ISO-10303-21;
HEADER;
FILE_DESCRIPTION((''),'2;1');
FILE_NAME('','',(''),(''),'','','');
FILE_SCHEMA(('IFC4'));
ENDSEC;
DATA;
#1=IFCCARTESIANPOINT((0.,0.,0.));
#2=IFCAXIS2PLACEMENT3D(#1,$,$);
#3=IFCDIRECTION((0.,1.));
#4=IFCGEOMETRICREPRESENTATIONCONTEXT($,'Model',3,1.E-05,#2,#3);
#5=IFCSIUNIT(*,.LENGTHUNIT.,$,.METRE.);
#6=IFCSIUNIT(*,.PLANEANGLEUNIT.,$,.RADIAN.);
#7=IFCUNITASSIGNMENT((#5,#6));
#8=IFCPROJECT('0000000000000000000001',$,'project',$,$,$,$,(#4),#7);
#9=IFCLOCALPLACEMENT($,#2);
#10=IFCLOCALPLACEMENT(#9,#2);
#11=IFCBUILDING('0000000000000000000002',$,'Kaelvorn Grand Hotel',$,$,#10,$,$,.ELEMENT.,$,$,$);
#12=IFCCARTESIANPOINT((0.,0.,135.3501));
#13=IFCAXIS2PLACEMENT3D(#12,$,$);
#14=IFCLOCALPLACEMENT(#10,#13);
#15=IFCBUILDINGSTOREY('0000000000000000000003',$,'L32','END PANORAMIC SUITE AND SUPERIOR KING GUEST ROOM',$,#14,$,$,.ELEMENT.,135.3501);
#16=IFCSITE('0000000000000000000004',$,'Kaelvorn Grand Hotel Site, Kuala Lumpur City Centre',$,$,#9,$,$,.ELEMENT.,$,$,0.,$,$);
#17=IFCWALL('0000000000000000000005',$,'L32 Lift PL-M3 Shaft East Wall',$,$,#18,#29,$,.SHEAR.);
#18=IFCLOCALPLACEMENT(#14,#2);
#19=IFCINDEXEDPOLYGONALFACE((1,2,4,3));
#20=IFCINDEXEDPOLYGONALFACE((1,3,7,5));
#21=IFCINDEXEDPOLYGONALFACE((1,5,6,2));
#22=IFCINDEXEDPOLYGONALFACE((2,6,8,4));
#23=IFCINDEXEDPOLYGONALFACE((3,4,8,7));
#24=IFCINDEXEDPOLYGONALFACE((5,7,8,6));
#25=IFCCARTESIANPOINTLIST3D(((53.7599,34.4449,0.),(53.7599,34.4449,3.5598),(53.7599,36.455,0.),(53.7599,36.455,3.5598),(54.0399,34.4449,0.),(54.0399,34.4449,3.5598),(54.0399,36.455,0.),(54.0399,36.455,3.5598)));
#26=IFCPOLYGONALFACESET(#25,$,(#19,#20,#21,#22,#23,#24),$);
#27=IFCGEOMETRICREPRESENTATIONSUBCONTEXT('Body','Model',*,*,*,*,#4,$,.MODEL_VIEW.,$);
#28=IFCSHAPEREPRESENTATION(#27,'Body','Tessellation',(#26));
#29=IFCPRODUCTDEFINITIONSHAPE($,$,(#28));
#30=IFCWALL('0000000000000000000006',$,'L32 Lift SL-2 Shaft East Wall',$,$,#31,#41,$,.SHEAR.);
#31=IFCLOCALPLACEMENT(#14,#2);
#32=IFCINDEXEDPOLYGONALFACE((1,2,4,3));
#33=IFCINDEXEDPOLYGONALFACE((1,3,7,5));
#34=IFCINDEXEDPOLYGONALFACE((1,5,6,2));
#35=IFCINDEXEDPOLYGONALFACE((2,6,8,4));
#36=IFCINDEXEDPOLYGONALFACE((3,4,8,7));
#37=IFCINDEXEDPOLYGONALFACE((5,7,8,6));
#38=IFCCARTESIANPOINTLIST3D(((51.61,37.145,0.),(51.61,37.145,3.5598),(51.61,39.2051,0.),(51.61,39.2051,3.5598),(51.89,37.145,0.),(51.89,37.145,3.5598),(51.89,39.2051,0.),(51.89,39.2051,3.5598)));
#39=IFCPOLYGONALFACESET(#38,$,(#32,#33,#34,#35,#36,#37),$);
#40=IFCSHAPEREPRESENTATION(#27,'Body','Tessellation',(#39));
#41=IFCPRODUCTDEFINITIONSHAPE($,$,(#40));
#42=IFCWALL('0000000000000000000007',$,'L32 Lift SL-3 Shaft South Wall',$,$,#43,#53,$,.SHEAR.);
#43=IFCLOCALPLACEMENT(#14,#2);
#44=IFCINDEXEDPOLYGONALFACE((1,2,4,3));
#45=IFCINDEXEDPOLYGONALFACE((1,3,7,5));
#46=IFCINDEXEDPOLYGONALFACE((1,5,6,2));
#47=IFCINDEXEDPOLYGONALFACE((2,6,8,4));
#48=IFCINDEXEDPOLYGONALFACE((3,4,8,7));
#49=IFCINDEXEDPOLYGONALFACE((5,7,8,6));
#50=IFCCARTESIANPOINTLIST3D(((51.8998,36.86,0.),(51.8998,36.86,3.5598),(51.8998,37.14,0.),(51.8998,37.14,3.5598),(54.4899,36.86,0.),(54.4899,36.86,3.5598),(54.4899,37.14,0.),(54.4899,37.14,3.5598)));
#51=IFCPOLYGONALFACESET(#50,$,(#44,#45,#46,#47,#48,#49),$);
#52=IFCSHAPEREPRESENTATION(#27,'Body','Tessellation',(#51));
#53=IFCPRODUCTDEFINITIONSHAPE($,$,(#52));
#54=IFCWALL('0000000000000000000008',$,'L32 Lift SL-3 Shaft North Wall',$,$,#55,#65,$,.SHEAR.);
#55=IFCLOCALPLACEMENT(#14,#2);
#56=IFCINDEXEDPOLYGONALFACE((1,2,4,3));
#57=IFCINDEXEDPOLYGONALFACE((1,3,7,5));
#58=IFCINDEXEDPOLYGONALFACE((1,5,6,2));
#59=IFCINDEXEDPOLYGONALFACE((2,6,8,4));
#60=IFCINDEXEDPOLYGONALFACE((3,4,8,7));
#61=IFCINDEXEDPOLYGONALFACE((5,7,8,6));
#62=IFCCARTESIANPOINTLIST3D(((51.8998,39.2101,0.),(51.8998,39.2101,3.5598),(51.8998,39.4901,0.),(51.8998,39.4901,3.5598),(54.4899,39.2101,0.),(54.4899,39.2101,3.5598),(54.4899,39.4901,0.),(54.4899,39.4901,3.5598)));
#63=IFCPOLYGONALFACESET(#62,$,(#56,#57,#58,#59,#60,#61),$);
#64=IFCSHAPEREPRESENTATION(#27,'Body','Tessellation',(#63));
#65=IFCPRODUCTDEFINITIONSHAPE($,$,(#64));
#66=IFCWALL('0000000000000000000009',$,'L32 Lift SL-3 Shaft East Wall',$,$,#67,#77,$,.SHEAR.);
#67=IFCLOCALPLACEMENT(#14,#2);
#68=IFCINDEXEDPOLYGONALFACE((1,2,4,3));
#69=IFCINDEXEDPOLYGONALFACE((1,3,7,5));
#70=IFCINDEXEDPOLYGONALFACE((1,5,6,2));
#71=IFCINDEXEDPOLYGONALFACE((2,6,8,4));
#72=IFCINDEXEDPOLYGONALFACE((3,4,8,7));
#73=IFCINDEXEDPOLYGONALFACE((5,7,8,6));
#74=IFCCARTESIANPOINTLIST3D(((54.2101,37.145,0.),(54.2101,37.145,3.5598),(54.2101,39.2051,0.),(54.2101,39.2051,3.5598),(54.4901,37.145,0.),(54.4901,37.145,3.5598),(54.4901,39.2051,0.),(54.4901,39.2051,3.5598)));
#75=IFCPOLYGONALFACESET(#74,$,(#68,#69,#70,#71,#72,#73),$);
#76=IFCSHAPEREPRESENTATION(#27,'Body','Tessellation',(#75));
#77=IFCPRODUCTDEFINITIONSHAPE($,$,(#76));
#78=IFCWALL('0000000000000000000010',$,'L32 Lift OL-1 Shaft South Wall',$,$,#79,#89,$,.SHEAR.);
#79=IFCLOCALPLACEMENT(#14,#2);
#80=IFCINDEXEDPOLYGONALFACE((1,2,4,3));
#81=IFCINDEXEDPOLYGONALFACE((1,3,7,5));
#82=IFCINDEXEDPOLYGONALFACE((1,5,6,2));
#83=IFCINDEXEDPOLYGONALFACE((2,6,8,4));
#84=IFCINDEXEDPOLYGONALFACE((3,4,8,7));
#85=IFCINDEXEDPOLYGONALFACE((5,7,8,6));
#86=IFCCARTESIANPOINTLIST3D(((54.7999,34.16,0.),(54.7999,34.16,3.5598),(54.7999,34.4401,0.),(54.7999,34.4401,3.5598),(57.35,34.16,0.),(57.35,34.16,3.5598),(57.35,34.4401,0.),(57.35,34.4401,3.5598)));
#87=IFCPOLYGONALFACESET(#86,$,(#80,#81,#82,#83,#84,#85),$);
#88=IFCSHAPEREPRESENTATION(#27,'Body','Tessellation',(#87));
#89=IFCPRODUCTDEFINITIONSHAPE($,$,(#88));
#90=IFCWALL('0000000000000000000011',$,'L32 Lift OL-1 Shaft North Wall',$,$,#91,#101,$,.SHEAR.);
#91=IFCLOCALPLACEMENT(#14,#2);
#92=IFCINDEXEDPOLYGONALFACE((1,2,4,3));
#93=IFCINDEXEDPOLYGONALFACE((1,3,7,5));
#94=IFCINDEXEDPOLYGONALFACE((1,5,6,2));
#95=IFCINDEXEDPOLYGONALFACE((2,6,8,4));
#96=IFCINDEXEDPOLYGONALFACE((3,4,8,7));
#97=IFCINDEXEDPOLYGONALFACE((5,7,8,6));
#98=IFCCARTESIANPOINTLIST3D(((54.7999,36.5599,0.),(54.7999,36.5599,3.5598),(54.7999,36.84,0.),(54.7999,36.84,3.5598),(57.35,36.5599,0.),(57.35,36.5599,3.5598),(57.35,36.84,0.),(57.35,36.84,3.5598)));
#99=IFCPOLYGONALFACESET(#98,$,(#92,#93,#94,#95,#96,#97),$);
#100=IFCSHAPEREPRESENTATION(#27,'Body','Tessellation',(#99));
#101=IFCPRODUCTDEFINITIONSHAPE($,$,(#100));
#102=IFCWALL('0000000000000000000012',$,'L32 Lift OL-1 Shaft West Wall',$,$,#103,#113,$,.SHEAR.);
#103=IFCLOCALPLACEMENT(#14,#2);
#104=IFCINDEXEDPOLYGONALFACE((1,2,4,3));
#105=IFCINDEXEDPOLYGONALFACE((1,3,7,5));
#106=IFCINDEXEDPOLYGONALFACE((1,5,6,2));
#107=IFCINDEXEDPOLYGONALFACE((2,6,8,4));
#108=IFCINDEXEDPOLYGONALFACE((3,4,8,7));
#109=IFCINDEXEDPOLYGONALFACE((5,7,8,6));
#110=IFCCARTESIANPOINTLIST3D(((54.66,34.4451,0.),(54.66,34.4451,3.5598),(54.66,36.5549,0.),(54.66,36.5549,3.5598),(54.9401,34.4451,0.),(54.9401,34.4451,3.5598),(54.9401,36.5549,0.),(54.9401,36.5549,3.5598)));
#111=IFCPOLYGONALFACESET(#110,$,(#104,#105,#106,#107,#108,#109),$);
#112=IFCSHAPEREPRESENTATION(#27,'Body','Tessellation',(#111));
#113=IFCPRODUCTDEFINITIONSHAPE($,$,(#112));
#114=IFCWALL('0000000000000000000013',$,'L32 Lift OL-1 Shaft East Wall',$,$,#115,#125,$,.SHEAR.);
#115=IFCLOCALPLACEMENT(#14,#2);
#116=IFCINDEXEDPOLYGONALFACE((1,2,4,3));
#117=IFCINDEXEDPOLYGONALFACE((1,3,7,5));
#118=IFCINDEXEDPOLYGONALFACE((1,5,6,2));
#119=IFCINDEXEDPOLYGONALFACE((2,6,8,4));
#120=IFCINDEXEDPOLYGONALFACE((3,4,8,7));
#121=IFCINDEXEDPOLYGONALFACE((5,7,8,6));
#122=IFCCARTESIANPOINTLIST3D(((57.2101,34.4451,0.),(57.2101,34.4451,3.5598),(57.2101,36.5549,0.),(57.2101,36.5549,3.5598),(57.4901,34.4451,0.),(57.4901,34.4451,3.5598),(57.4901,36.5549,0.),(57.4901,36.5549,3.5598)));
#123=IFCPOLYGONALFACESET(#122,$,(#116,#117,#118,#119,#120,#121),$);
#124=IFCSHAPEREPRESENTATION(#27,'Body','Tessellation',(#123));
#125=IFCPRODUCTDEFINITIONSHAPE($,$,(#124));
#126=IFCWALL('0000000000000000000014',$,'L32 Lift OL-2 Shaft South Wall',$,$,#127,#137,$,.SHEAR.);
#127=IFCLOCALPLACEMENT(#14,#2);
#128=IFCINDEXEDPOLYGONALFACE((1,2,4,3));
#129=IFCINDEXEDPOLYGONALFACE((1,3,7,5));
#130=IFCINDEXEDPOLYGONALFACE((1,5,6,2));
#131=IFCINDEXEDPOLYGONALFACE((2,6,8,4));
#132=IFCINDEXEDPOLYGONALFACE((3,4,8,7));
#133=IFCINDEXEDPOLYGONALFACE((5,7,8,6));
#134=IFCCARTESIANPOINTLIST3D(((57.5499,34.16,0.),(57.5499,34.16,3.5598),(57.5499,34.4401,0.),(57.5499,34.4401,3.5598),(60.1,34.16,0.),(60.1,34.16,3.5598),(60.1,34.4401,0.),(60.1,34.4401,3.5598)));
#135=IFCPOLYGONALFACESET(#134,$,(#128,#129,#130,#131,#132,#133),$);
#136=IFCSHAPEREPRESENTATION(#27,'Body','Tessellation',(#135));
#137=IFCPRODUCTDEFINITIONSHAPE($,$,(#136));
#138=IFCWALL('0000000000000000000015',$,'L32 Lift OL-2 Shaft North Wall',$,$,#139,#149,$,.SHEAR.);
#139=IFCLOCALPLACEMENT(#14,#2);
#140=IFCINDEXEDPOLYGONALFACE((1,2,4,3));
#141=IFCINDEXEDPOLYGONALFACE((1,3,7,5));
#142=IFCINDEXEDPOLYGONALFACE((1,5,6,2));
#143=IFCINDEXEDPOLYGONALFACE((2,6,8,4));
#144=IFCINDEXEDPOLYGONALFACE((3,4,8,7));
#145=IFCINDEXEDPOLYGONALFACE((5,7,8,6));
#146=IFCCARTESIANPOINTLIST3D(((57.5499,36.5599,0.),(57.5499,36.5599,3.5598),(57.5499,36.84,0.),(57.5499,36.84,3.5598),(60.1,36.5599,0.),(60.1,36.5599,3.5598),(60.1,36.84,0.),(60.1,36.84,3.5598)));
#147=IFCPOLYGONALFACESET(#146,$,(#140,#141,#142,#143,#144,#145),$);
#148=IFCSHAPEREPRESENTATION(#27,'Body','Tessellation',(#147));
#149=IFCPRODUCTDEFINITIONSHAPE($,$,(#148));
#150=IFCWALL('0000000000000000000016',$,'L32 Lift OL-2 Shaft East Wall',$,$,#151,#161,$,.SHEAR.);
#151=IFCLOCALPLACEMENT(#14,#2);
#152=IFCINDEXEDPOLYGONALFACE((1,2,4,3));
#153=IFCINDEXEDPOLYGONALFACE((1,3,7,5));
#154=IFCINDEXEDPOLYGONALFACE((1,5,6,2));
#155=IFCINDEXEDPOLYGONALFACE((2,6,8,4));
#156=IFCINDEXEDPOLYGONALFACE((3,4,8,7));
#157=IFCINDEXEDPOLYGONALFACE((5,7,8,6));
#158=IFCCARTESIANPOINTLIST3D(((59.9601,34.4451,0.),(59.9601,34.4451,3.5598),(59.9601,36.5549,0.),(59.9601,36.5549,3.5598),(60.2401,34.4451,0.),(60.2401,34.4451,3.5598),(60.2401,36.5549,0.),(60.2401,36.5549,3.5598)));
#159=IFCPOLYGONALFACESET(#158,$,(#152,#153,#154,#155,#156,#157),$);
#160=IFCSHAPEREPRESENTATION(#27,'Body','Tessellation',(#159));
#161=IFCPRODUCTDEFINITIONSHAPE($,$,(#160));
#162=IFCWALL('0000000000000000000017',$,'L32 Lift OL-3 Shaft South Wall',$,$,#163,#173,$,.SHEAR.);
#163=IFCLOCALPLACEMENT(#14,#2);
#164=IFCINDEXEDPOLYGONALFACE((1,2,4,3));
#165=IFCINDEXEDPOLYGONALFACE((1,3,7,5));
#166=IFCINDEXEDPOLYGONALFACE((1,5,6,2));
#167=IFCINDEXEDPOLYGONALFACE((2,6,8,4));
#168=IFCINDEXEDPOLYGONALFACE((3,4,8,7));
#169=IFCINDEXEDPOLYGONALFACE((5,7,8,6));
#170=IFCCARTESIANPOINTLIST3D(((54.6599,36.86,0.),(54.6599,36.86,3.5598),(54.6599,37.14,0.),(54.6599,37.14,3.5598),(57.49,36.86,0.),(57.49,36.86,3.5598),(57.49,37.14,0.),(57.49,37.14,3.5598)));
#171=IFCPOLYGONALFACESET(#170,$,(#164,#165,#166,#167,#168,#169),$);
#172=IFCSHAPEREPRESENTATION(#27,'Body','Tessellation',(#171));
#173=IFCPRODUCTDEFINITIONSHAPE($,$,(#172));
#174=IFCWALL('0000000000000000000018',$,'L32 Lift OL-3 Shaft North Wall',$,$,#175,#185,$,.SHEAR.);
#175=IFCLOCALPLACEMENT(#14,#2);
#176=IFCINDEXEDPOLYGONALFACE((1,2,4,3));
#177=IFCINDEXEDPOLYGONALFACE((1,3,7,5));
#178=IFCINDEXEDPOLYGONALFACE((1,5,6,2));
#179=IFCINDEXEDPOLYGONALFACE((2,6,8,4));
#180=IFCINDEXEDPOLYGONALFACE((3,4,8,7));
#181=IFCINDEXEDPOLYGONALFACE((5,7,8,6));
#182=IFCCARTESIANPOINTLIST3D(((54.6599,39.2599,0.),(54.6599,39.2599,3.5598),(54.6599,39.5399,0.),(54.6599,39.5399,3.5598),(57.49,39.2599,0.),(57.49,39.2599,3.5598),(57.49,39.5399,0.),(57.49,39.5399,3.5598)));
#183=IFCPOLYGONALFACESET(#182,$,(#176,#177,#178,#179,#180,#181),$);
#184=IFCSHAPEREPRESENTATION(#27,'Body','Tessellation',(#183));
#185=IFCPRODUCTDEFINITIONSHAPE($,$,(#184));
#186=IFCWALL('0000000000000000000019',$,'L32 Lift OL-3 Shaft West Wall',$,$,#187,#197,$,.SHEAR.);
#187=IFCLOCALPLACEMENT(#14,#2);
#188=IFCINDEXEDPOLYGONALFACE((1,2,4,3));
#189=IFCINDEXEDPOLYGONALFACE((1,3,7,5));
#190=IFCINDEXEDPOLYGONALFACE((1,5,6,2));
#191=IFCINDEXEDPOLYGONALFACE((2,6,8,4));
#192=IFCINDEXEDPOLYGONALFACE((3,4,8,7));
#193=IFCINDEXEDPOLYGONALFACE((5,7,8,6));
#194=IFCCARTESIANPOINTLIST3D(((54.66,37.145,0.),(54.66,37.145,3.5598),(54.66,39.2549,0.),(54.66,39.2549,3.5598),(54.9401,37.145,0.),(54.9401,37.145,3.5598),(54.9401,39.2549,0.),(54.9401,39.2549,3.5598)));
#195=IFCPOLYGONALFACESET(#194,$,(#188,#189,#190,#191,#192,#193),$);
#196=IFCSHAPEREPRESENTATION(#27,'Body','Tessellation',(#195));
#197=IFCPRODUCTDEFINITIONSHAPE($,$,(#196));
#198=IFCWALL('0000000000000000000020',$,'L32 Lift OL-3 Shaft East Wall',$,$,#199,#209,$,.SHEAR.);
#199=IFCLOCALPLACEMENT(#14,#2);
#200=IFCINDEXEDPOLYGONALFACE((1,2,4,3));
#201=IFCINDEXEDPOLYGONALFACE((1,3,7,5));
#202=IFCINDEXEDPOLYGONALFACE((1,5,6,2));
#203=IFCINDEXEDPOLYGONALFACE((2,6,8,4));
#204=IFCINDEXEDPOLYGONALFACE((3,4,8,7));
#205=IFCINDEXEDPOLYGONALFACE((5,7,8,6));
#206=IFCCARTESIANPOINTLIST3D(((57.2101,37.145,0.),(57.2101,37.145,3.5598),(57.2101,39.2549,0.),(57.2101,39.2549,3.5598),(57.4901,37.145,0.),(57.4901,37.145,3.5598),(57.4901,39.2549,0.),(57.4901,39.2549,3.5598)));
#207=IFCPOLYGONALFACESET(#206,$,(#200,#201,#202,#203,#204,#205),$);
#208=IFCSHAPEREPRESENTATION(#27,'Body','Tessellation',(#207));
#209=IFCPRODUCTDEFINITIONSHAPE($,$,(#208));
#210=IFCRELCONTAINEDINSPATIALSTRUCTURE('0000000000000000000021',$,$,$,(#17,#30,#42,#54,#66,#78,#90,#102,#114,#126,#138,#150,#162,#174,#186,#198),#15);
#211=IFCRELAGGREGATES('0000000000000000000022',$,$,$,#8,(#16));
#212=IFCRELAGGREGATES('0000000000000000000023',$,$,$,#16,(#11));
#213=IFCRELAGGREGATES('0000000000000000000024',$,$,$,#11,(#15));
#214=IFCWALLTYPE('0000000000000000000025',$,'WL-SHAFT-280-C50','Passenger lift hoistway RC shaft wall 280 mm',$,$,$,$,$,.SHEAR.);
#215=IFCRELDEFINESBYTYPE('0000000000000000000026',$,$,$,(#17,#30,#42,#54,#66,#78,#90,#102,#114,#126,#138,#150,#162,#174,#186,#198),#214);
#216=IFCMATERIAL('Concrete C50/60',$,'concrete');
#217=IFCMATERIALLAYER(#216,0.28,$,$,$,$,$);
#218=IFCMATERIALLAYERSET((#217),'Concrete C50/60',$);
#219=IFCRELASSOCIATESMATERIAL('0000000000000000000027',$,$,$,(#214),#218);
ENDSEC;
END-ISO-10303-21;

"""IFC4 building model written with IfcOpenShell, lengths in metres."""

from ifc_helpers import new_model, si_unit, direction, frame, frame_2d, origin, place, context, subcontext, project, spatial, rectangle, extrude, material, layer, layer_set, type_object, element, save


model = new_model("IFC4")

# Units and contexts
model_context = context("Model", 3, precision=1e-05, world=origin(), true_north=direction((0.0, 1.0)))
body_context = subcontext(model_context, "Body", "Model", "MODEL_VIEW")
ifc_project = project(units=[si_unit("LENGTHUNIT", "METRE"), si_unit("PLANEANGLEUNIT", "RADIAN")], contexts=[model_context])

# Site, building, storey
site_placement = place(None, origin())
site = spatial("IfcSite", under=ifc_project, at=site_placement, Name="Kaelvorn Grand Hotel Site, Kuala Lumpur City Centre", CompositionType="ELEMENT", RefElevation=0.0)
building_placement = place(site_placement, origin())
building = spatial("IfcBuilding", under=site, at=building_placement, Name="Kaelvorn Grand Hotel", CompositionType="ELEMENT")
storey_placement = place(building_placement, frame((0.0, 0.0, 135.3501)))
storey = spatial("IfcBuildingStorey", under=building, at=storey_placement, Name="L32", Description="END PANORAMIC SUITE AND SUPERIOR KING GUEST ROOM", CompositionType="ELEMENT", Elevation=135.3501)

# Shared definitions
ifc_material_1 = material(Name="Concrete C50/60", Category="concrete")
ifc_layer_1 = layer(ifc_material_1, 0.28)
ifc_layer_set_1 = layer_set([ifc_layer_1], Name="Concrete C50/60")
wall_type_1 = type_object("IfcWallType", Name="WL-SHAFT-280-C50", Description="Passenger lift hoistway RC shaft wall 280 mm", PredefinedType="SHEAR", material=ifc_layer_set_1)

# Walls
wall_1_placement = place(storey_placement, frame((53.8999, 34.4451, 0.0), z_axis=(0.0, 0.0, 1.0), x_axis=(0.0, 1.0, 0.0)))
element("IfcWall", 1, at=wall_1_placement, inside=storey, type_object=wall_type_1, Name="L32 Lift PL-M3 Shaft East Wall", PredefinedType="SHEAR", context=body_context, shape_type="SweptSolid", body=[
    extrude(rectangle(XDim=2.01, YDim=0.28, at=frame_2d((1.0049, 0.0))), origin(), (0.0, 0.0, 1.0), 3.5598),
])
wall_2_placement = place(storey_placement, frame((51.75, 37.145, 0.0), z_axis=(0.0, 0.0, 1.0), x_axis=(0.0, 1.0, 0.0)))
element("IfcWall", 2, at=wall_2_placement, inside=storey, type_object=wall_type_1, Name="L32 Lift SL-2 Shaft East Wall", PredefinedType="SHEAR", context=body_context, shape_type="SweptSolid", body=[
    extrude(rectangle(XDim=2.0601, YDim=0.28, at=frame_2d((1.03, 0.0))), origin(), (0.0, 0.0, 1.0), 3.5598),
])
for number, where, z_axis, x_axis, name in (
    (3, (51.8999, 37.0, 0.0), (0.0, 0.0, 1.0), (1.0, 0.0, 0.0), "L32 Lift SL-3 Shaft South Wall"),
    (4, (51.8999, 39.3501, 0.0), (0.0, 0.0, 1.0), (1.0, 0.0, 0.0), "L32 Lift SL-3 Shaft North Wall"),
):
    element("IfcWall", number, at=place(storey_placement, frame(where, z_axis=z_axis, x_axis=x_axis)), inside=storey, type_object=wall_type_1, Name=name, PredefinedType="SHEAR", context=body_context, shape_type="SweptSolid", body=[
        extrude(rectangle(XDim=2.5901, YDim=0.28, at=frame_2d((1.2949, 0.0))), origin(), (0.0, 0.0, 1.0), 3.5598),
    ])
wall_3_placement = place(storey_placement, frame((54.3501, 37.145, 0.0), z_axis=(0.0, 0.0, 1.0), x_axis=(0.0, 1.0, 0.0)))
element("IfcWall", 5, at=wall_3_placement, inside=storey, type_object=wall_type_1, Name="L32 Lift SL-3 Shaft East Wall", PredefinedType="SHEAR", context=body_context, shape_type="SweptSolid", body=[
    extrude(rectangle(XDim=2.0601, YDim=0.28, at=frame_2d((1.03, 0.0))), origin(), (0.0, 0.0, 1.0), 3.5598),
])
for number, where, z_axis, x_axis, name in (
    (6, (54.8, 34.3, 0.0), (0.0, 0.0, 1.0), (1.0, 0.0, 0.0), "L32 Lift OL-1 Shaft South Wall"),
    (7, (54.8, 36.7, 0.0), (0.0, 0.0, 1.0), (1.0, 0.0, 0.0), "L32 Lift OL-1 Shaft North Wall"),
):
    element("IfcWall", number, at=place(storey_placement, frame(where, z_axis=z_axis, x_axis=x_axis)), inside=storey, type_object=wall_type_1, Name=name, PredefinedType="SHEAR", context=body_context, shape_type="SweptSolid", body=[
        extrude(rectangle(XDim=2.55, YDim=0.28, at=frame_2d((1.2749, 0.0))), origin(), (0.0, 0.0, 1.0), 3.5598),
    ])
for number, where, z_axis, x_axis, name in (
    (8, (54.8, 34.4451, 0.0), (0.0, 0.0, 1.0), (0.0, 1.0, 0.0), "L32 Lift OL-1 Shaft West Wall"),
    (9, (57.3501, 34.4451, 0.0), (0.0, 0.0, 1.0), (0.0, 1.0, 0.0), "L32 Lift OL-1 Shaft East Wall"),
):
    element("IfcWall", number, at=place(storey_placement, frame(where, z_axis=z_axis, x_axis=x_axis)), inside=storey, type_object=wall_type_1, Name=name, PredefinedType="SHEAR", context=body_context, shape_type="SweptSolid", body=[
        extrude(rectangle(XDim=2.1099, YDim=0.28, at=frame_2d((1.0549, 0.0))), origin(), (0.0, 0.0, 1.0), 3.5598),
    ])
for number, where, z_axis, x_axis, name in (
    (10, (57.55, 34.3, 0.0), (0.0, 0.0, 1.0), (1.0, 0.0, 0.0), "L32 Lift OL-2 Shaft South Wall"),
    (11, (57.55, 36.7, 0.0), (0.0, 0.0, 1.0), (1.0, 0.0, 0.0), "L32 Lift OL-2 Shaft North Wall"),
):
    element("IfcWall", number, at=place(storey_placement, frame(where, z_axis=z_axis, x_axis=x_axis)), inside=storey, type_object=wall_type_1, Name=name, PredefinedType="SHEAR", context=body_context, shape_type="SweptSolid", body=[
        extrude(rectangle(XDim=2.55, YDim=0.28, at=frame_2d((1.2749, 0.0))), origin(), (0.0, 0.0, 1.0), 3.5598),
    ])
wall_4_placement = place(storey_placement, frame((60.1001, 34.4451, 0.0), z_axis=(0.0, 0.0, 1.0), x_axis=(0.0, 1.0, 0.0)))
element("IfcWall", 12, at=wall_4_placement, inside=storey, type_object=wall_type_1, Name="L32 Lift OL-2 Shaft East Wall", PredefinedType="SHEAR", context=body_context, shape_type="SweptSolid", body=[
    extrude(rectangle(XDim=2.1099, YDim=0.28, at=frame_2d((1.0549, 0.0))), origin(), (0.0, 0.0, 1.0), 3.5598),
])
for number, where, z_axis, x_axis, name in (
    (13, (54.6599, 37.0, 0.0), (0.0, 0.0, 1.0), (1.0, 0.0, 0.0), "L32 Lift OL-3 Shaft South Wall"),
    (14, (54.6599, 39.3999, 0.0), (0.0, 0.0, 1.0), (1.0, 0.0, 0.0), "L32 Lift OL-3 Shaft North Wall"),
):
    element("IfcWall", number, at=place(storey_placement, frame(where, z_axis=z_axis, x_axis=x_axis)), inside=storey, type_object=wall_type_1, Name=name, PredefinedType="SHEAR", context=body_context, shape_type="SweptSolid", body=[
        extrude(rectangle(XDim=2.8301, YDim=0.28, at=frame_2d((1.415, 0.0))), origin(), (0.0, 0.0, 1.0), 3.5598),
    ])
for number, where, z_axis, x_axis, name in (
    (15, (54.8, 37.145, 0.0), (0.0, 0.0, 1.0), (0.0, 1.0, 0.0), "L32 Lift OL-3 Shaft West Wall"),
    (16, (57.3501, 37.145, 0.0), (0.0, 0.0, 1.0), (0.0, 1.0, 0.0), "L32 Lift OL-3 Shaft East Wall"),
):
    element("IfcWall", number, at=place(storey_placement, frame(where, z_axis=z_axis, x_axis=x_axis)), inside=storey, type_object=wall_type_1, Name=name, PredefinedType="SHEAR", context=body_context, shape_type="SweptSolid", body=[
        extrude(rectangle(XDim=2.1099, YDim=0.28, at=frame_2d((1.0549, 0.0))), origin(), (0.0, 0.0, 1.0), 3.5598),
    ])

save(model, "model.ifc")
